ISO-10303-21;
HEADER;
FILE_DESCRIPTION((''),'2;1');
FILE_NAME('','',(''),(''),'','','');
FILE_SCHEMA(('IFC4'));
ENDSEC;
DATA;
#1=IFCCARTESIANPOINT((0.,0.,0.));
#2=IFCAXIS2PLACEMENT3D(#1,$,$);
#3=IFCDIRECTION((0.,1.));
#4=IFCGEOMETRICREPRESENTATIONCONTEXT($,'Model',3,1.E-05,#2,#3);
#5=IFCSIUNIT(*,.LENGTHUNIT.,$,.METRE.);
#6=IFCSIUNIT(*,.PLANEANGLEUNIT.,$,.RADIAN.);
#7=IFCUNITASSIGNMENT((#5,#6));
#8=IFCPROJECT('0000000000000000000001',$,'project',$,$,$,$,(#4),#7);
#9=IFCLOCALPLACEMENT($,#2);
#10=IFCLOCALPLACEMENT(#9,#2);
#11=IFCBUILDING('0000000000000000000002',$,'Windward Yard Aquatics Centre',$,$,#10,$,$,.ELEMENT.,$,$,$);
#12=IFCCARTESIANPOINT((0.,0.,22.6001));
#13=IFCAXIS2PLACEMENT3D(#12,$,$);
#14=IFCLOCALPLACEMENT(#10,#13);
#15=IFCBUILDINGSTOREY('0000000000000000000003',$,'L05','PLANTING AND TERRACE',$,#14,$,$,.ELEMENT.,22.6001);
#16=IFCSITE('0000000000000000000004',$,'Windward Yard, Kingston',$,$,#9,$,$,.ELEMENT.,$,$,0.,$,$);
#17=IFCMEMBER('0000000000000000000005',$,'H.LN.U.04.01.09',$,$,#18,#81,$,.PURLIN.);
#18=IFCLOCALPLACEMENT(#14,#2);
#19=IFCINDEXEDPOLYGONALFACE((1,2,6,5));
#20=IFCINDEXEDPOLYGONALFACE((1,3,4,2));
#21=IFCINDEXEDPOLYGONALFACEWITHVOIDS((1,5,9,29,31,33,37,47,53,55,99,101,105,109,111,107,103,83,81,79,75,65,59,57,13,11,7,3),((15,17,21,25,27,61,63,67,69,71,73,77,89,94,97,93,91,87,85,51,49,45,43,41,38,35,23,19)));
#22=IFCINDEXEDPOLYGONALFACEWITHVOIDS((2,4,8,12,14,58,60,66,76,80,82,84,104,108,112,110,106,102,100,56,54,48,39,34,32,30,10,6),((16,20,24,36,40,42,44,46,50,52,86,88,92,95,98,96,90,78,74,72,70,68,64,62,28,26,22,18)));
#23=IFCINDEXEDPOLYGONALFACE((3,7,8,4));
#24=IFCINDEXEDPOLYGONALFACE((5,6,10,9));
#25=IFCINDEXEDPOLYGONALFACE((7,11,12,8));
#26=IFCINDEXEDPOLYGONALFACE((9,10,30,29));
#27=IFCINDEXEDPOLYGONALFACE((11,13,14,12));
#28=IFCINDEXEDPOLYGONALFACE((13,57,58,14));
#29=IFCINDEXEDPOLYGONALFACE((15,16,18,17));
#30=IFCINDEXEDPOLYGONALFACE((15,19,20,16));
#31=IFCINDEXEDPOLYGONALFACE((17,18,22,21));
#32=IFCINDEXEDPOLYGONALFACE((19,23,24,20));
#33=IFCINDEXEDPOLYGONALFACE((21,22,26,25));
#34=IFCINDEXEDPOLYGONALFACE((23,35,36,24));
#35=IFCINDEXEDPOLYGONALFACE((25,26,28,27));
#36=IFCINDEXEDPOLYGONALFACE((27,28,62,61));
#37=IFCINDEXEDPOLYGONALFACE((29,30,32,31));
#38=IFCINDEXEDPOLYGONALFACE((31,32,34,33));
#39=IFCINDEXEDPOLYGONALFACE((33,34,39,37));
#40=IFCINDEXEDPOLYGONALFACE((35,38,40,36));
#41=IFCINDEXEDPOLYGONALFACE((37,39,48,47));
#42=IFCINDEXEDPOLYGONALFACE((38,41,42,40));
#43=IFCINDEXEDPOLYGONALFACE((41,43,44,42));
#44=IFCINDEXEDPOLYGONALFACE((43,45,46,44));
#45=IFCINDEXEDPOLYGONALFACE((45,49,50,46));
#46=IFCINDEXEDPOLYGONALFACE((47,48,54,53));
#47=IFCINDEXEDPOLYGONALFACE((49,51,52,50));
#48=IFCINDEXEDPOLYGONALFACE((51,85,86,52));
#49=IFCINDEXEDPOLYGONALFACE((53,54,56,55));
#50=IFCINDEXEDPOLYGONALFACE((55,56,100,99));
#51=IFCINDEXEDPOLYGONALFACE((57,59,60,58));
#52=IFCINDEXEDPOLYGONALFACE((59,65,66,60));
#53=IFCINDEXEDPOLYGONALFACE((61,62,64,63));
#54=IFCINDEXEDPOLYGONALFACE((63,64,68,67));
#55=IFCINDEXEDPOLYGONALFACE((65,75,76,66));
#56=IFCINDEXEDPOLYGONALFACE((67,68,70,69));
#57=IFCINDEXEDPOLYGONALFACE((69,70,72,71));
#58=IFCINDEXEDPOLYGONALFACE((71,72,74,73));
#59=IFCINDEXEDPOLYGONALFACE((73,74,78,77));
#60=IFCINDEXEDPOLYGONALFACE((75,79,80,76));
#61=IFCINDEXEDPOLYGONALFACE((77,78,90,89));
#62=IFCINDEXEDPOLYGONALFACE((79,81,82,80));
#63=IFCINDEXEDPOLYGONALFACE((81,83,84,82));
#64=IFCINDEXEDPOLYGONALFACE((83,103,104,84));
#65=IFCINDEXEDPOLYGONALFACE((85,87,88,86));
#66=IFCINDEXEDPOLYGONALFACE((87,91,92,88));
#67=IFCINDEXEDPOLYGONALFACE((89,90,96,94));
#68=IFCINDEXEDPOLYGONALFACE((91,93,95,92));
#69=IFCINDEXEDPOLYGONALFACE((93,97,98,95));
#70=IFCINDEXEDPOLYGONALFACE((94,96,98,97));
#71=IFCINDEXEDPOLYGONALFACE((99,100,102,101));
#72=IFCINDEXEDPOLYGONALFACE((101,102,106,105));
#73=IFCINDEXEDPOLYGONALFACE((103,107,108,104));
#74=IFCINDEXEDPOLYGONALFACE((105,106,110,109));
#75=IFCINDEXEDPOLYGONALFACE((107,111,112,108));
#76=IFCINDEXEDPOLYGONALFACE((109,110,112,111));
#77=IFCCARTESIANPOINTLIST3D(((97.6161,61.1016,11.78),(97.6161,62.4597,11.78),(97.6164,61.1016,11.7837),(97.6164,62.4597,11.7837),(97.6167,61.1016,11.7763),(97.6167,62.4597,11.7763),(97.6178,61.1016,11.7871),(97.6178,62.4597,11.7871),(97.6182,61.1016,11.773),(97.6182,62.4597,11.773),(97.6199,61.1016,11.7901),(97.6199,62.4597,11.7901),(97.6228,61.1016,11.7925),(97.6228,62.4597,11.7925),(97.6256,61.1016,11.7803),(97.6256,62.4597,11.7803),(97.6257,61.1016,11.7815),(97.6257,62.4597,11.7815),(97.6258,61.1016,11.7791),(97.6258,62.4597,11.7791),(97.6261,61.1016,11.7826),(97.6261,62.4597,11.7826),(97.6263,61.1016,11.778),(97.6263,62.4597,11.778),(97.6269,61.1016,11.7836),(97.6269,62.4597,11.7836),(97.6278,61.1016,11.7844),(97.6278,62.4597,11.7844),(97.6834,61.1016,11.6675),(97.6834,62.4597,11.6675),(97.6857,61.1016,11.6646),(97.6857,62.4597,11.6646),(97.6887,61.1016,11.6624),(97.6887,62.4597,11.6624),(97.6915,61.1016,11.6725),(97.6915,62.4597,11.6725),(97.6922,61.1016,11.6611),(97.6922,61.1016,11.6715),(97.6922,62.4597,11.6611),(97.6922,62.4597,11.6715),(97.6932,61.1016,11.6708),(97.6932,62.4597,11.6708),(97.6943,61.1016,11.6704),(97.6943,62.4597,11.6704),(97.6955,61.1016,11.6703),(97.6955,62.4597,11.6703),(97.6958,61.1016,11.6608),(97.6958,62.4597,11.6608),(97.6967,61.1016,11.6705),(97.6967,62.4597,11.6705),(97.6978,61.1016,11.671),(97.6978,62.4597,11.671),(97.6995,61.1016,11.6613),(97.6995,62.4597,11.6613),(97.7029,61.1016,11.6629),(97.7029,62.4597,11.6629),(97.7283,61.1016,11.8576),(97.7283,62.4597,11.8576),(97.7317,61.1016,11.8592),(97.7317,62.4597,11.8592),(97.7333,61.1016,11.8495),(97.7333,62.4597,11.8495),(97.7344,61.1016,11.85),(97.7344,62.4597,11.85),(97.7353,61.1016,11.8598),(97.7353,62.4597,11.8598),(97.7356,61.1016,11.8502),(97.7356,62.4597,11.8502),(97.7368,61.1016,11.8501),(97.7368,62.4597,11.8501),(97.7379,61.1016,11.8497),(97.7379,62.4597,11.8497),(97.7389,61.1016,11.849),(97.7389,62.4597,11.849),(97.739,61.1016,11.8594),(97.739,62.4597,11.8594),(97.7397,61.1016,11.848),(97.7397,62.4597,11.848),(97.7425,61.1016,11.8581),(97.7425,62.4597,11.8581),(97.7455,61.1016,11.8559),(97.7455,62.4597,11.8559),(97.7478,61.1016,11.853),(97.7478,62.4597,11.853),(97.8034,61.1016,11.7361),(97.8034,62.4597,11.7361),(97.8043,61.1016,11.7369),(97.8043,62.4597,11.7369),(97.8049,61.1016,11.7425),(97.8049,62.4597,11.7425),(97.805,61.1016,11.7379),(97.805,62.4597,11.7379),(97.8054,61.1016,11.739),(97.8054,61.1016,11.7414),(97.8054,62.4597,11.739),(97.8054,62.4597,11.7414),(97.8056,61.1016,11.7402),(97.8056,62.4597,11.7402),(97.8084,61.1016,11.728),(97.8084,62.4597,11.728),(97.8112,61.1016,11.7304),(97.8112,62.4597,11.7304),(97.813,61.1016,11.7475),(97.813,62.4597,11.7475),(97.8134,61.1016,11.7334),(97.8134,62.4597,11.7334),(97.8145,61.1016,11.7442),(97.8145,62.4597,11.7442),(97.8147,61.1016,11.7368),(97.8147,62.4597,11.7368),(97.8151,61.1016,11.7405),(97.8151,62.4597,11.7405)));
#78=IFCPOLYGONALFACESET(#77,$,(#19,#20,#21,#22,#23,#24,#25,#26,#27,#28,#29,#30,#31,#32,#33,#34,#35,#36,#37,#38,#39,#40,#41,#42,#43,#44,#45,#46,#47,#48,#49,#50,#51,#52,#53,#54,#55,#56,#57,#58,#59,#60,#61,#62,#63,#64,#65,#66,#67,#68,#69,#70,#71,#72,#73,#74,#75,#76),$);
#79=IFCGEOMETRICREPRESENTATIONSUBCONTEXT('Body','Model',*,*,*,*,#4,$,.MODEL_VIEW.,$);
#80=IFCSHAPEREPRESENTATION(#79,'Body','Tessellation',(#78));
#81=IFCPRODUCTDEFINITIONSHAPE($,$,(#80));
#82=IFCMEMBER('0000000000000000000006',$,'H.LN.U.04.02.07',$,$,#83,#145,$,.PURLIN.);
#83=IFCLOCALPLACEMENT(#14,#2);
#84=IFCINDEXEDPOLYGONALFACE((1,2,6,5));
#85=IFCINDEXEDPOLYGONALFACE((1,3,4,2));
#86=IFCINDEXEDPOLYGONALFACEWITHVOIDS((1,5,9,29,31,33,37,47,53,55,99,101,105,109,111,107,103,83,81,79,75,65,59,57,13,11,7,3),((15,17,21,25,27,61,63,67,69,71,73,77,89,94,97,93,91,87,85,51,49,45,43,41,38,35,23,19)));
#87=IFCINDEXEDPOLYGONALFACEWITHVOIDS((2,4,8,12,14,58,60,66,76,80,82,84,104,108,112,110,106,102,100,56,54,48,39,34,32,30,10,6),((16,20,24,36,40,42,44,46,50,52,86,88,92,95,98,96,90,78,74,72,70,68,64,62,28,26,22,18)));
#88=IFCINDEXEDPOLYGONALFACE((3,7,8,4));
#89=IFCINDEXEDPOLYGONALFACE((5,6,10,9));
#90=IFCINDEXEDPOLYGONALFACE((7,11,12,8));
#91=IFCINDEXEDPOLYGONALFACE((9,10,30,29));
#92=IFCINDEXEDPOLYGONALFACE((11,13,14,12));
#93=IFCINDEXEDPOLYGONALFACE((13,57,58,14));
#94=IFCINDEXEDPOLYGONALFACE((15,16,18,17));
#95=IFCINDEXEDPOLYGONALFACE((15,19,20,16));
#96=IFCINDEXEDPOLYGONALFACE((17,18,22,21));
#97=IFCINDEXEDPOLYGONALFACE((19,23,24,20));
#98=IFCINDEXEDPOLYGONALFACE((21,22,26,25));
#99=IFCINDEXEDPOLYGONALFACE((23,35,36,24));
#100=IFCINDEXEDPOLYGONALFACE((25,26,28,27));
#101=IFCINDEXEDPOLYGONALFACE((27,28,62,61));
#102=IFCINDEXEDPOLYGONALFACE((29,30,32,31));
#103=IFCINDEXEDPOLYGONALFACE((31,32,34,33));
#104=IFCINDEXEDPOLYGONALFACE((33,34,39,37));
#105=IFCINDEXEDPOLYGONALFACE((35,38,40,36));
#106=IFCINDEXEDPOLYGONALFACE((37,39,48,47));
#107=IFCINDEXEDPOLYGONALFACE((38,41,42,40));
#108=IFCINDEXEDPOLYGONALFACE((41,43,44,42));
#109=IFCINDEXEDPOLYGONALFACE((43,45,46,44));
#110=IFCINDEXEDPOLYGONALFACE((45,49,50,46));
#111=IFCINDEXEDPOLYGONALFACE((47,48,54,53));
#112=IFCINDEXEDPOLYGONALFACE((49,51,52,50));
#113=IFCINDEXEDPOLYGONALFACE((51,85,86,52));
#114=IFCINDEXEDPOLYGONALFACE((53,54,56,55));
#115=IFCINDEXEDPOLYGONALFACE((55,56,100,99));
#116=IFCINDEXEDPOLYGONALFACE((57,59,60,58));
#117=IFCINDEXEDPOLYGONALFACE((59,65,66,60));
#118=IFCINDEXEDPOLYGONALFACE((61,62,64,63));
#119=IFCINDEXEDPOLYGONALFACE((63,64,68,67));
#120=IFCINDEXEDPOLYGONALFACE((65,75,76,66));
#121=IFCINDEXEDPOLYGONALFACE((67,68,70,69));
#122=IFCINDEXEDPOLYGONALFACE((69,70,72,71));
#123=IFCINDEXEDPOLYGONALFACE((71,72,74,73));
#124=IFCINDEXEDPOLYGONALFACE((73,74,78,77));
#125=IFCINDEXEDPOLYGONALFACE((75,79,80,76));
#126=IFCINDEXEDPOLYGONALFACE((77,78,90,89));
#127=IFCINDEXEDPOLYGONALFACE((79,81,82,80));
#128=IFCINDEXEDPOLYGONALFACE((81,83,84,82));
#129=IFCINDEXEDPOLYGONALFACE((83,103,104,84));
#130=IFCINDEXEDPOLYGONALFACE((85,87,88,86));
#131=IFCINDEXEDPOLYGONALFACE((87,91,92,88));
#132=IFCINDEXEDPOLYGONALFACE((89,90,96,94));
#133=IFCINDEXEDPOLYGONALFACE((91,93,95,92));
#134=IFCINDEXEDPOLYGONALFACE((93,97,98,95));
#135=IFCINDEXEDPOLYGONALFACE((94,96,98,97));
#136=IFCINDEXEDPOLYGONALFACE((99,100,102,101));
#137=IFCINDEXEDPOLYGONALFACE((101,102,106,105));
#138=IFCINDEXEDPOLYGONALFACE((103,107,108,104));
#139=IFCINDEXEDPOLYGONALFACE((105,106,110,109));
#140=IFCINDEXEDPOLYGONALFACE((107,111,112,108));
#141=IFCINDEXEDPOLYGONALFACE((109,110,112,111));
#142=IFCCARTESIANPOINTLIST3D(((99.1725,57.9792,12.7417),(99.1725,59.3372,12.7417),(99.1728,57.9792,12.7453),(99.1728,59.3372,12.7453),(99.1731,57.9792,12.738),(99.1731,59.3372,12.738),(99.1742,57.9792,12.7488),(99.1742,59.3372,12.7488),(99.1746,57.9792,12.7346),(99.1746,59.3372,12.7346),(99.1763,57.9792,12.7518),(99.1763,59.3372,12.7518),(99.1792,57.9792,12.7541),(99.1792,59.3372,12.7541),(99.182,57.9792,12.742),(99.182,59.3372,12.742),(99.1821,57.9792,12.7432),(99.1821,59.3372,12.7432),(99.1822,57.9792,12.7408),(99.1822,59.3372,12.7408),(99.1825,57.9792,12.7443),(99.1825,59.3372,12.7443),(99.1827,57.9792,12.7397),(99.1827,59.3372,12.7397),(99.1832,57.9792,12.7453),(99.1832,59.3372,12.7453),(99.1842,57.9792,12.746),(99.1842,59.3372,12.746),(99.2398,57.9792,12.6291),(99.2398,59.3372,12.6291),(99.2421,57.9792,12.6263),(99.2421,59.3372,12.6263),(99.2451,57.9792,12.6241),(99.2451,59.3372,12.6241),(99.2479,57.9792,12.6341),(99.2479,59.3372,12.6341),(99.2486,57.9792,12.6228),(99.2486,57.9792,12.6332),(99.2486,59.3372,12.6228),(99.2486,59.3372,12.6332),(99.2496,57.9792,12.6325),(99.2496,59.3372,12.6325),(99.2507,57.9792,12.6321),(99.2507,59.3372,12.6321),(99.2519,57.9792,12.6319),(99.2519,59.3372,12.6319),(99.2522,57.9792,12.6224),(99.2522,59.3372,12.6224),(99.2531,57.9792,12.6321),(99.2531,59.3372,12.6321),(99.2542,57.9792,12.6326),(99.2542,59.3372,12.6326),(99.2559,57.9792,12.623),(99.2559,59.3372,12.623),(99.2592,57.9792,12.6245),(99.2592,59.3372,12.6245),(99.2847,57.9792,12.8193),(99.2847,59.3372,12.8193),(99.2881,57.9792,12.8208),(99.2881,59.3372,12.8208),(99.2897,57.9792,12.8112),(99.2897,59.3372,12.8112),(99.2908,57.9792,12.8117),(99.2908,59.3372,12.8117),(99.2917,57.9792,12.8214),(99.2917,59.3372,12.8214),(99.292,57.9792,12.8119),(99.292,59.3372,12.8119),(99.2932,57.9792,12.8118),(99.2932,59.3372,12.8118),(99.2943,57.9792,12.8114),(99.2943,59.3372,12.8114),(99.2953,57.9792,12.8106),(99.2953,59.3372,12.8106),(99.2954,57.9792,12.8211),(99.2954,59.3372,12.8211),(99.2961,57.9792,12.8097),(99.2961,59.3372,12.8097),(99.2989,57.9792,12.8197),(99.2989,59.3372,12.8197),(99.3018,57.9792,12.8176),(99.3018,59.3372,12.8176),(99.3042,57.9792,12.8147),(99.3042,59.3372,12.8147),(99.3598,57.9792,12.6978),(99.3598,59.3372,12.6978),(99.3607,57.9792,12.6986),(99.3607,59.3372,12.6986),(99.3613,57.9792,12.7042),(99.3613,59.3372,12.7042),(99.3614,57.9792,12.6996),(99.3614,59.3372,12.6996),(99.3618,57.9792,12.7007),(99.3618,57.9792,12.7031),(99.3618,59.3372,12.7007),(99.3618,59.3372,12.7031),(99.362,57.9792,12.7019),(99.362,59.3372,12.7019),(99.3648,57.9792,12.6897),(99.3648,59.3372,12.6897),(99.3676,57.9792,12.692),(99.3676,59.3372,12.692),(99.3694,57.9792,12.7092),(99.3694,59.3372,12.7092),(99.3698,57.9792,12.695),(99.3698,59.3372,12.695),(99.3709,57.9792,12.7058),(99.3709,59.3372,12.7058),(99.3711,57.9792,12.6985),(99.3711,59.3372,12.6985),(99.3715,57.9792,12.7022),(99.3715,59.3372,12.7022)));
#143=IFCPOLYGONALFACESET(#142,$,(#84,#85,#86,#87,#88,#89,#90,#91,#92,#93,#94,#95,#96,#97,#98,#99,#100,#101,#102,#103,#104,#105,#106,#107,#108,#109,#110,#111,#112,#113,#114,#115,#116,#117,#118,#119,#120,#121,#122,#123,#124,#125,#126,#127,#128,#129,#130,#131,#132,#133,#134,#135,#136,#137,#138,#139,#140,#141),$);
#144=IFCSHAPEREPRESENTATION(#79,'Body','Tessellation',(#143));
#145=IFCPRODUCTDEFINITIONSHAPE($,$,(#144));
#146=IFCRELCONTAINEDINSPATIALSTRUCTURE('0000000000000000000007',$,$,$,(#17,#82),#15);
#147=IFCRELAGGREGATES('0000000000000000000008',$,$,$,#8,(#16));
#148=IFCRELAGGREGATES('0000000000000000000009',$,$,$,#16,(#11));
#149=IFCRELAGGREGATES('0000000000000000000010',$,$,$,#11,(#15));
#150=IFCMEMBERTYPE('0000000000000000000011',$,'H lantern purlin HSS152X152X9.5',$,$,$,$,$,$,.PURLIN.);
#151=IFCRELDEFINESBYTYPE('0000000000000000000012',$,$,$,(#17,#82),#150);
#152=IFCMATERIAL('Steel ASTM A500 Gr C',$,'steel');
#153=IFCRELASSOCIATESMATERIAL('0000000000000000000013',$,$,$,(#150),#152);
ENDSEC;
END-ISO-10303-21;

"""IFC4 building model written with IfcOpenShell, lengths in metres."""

from ifc_helpers import new_model, si_unit, direction, frame, origin, origin_2d, place, context, subcontext, project, spatial, hollow_rectangle, extrude, material, material_profile, profile_set, type_object, element, save


model = new_model("IFC4")

# Units and contexts
model_context = context("Model", 3, precision=1e-05, world=origin(), true_north=direction((0.0, 1.0)))
body_context = subcontext(model_context, "Body", "Model", "MODEL_VIEW")
ifc_project = project(units=[si_unit("LENGTHUNIT", "METRE"), si_unit("PLANEANGLEUNIT", "RADIAN")], contexts=[model_context])

# Site, building, storey
site_placement = place(None, origin())
site = spatial("IfcSite", under=ifc_project, at=site_placement, Name="Windward Yard, Kingston", CompositionType="ELEMENT", RefElevation=0.0)
building_placement = place(site_placement, origin())
building = spatial("IfcBuilding", under=site, at=building_placement, Name="Windward Yard Aquatics Centre", CompositionType="ELEMENT")
storey_placement = place(building_placement, frame((0.0, 0.0, 22.6001)))
storey = spatial("IfcBuildingStorey", under=building, at=storey_placement, Name="L05", Description="PLANTING AND TERRACE", CompositionType="ELEMENT", Elevation=22.6001)

# Members
ifc_material_1 = material(Name="Steel ASTM A500 Gr C", Category="steel")
ifc_material_profile_1 = material_profile(ifc_material_1, hollow_rectangle(XDim=0.1523, YDim=0.1523, WallThickness=0.0095, InnerFilletRadius=0.0046, OuterFilletRadius=0.0142, at=origin_2d()), Name="HSS152X152X9.5")
ifc_profile_set_1 = profile_set([ifc_material_profile_1], Name="Steel ASTM A500 Gr C")
member_type_1 = type_object("IfcMemberType", Name="H lantern purlin HSS152X152X9.5", PredefinedType="PURLIN", material=ifc_profile_set_1)
for number, where, z_axis, x_axis, name in (
    (1, (97.7156, 61.1016, 11.7603), (0.0, 1.0, 0.0), (-0.850755, 0.0, -0.525562), "H.LN.U.04.01.09"),
):
    element("IfcMember", number, at=place(storey_placement, frame(where, z_axis=z_axis, x_axis=x_axis)), inside=storey, type_object=member_type_1, Name=name, PredefinedType="PURLIN", context=body_context, shape_type="SweptSolid", body=[
        extrude(hollow_rectangle(XDim=0.1523, YDim=0.1523, WallThickness=0.0095, InnerFilletRadius=0.0046, OuterFilletRadius=0.0142, at=origin_2d()), origin(), (0.0, 0.0, 1.0), 1.3582),
    ])
member_1_placement = place(storey_placement, frame((99.272, 57.9792, 12.7219), z_axis=(0.0, 1.0, 0.0), x_axis=(-0.850755, 0.0, -0.525562)))
element("IfcMember", 2, at=member_1_placement, inside=storey, type_object=member_type_1, Name="H.LN.U.04.02.07", PredefinedType="PURLIN", context=body_context, shape_type="SweptSolid", body=[
    extrude(hollow_rectangle(XDim=0.1523, YDim=0.1523, WallThickness=0.0095, InnerFilletRadius=0.0046, OuterFilletRadius=0.0142, at=origin_2d()), origin(), (0.0, 0.0, 1.0), 1.3579),
])

save(model, "model.ifc")
